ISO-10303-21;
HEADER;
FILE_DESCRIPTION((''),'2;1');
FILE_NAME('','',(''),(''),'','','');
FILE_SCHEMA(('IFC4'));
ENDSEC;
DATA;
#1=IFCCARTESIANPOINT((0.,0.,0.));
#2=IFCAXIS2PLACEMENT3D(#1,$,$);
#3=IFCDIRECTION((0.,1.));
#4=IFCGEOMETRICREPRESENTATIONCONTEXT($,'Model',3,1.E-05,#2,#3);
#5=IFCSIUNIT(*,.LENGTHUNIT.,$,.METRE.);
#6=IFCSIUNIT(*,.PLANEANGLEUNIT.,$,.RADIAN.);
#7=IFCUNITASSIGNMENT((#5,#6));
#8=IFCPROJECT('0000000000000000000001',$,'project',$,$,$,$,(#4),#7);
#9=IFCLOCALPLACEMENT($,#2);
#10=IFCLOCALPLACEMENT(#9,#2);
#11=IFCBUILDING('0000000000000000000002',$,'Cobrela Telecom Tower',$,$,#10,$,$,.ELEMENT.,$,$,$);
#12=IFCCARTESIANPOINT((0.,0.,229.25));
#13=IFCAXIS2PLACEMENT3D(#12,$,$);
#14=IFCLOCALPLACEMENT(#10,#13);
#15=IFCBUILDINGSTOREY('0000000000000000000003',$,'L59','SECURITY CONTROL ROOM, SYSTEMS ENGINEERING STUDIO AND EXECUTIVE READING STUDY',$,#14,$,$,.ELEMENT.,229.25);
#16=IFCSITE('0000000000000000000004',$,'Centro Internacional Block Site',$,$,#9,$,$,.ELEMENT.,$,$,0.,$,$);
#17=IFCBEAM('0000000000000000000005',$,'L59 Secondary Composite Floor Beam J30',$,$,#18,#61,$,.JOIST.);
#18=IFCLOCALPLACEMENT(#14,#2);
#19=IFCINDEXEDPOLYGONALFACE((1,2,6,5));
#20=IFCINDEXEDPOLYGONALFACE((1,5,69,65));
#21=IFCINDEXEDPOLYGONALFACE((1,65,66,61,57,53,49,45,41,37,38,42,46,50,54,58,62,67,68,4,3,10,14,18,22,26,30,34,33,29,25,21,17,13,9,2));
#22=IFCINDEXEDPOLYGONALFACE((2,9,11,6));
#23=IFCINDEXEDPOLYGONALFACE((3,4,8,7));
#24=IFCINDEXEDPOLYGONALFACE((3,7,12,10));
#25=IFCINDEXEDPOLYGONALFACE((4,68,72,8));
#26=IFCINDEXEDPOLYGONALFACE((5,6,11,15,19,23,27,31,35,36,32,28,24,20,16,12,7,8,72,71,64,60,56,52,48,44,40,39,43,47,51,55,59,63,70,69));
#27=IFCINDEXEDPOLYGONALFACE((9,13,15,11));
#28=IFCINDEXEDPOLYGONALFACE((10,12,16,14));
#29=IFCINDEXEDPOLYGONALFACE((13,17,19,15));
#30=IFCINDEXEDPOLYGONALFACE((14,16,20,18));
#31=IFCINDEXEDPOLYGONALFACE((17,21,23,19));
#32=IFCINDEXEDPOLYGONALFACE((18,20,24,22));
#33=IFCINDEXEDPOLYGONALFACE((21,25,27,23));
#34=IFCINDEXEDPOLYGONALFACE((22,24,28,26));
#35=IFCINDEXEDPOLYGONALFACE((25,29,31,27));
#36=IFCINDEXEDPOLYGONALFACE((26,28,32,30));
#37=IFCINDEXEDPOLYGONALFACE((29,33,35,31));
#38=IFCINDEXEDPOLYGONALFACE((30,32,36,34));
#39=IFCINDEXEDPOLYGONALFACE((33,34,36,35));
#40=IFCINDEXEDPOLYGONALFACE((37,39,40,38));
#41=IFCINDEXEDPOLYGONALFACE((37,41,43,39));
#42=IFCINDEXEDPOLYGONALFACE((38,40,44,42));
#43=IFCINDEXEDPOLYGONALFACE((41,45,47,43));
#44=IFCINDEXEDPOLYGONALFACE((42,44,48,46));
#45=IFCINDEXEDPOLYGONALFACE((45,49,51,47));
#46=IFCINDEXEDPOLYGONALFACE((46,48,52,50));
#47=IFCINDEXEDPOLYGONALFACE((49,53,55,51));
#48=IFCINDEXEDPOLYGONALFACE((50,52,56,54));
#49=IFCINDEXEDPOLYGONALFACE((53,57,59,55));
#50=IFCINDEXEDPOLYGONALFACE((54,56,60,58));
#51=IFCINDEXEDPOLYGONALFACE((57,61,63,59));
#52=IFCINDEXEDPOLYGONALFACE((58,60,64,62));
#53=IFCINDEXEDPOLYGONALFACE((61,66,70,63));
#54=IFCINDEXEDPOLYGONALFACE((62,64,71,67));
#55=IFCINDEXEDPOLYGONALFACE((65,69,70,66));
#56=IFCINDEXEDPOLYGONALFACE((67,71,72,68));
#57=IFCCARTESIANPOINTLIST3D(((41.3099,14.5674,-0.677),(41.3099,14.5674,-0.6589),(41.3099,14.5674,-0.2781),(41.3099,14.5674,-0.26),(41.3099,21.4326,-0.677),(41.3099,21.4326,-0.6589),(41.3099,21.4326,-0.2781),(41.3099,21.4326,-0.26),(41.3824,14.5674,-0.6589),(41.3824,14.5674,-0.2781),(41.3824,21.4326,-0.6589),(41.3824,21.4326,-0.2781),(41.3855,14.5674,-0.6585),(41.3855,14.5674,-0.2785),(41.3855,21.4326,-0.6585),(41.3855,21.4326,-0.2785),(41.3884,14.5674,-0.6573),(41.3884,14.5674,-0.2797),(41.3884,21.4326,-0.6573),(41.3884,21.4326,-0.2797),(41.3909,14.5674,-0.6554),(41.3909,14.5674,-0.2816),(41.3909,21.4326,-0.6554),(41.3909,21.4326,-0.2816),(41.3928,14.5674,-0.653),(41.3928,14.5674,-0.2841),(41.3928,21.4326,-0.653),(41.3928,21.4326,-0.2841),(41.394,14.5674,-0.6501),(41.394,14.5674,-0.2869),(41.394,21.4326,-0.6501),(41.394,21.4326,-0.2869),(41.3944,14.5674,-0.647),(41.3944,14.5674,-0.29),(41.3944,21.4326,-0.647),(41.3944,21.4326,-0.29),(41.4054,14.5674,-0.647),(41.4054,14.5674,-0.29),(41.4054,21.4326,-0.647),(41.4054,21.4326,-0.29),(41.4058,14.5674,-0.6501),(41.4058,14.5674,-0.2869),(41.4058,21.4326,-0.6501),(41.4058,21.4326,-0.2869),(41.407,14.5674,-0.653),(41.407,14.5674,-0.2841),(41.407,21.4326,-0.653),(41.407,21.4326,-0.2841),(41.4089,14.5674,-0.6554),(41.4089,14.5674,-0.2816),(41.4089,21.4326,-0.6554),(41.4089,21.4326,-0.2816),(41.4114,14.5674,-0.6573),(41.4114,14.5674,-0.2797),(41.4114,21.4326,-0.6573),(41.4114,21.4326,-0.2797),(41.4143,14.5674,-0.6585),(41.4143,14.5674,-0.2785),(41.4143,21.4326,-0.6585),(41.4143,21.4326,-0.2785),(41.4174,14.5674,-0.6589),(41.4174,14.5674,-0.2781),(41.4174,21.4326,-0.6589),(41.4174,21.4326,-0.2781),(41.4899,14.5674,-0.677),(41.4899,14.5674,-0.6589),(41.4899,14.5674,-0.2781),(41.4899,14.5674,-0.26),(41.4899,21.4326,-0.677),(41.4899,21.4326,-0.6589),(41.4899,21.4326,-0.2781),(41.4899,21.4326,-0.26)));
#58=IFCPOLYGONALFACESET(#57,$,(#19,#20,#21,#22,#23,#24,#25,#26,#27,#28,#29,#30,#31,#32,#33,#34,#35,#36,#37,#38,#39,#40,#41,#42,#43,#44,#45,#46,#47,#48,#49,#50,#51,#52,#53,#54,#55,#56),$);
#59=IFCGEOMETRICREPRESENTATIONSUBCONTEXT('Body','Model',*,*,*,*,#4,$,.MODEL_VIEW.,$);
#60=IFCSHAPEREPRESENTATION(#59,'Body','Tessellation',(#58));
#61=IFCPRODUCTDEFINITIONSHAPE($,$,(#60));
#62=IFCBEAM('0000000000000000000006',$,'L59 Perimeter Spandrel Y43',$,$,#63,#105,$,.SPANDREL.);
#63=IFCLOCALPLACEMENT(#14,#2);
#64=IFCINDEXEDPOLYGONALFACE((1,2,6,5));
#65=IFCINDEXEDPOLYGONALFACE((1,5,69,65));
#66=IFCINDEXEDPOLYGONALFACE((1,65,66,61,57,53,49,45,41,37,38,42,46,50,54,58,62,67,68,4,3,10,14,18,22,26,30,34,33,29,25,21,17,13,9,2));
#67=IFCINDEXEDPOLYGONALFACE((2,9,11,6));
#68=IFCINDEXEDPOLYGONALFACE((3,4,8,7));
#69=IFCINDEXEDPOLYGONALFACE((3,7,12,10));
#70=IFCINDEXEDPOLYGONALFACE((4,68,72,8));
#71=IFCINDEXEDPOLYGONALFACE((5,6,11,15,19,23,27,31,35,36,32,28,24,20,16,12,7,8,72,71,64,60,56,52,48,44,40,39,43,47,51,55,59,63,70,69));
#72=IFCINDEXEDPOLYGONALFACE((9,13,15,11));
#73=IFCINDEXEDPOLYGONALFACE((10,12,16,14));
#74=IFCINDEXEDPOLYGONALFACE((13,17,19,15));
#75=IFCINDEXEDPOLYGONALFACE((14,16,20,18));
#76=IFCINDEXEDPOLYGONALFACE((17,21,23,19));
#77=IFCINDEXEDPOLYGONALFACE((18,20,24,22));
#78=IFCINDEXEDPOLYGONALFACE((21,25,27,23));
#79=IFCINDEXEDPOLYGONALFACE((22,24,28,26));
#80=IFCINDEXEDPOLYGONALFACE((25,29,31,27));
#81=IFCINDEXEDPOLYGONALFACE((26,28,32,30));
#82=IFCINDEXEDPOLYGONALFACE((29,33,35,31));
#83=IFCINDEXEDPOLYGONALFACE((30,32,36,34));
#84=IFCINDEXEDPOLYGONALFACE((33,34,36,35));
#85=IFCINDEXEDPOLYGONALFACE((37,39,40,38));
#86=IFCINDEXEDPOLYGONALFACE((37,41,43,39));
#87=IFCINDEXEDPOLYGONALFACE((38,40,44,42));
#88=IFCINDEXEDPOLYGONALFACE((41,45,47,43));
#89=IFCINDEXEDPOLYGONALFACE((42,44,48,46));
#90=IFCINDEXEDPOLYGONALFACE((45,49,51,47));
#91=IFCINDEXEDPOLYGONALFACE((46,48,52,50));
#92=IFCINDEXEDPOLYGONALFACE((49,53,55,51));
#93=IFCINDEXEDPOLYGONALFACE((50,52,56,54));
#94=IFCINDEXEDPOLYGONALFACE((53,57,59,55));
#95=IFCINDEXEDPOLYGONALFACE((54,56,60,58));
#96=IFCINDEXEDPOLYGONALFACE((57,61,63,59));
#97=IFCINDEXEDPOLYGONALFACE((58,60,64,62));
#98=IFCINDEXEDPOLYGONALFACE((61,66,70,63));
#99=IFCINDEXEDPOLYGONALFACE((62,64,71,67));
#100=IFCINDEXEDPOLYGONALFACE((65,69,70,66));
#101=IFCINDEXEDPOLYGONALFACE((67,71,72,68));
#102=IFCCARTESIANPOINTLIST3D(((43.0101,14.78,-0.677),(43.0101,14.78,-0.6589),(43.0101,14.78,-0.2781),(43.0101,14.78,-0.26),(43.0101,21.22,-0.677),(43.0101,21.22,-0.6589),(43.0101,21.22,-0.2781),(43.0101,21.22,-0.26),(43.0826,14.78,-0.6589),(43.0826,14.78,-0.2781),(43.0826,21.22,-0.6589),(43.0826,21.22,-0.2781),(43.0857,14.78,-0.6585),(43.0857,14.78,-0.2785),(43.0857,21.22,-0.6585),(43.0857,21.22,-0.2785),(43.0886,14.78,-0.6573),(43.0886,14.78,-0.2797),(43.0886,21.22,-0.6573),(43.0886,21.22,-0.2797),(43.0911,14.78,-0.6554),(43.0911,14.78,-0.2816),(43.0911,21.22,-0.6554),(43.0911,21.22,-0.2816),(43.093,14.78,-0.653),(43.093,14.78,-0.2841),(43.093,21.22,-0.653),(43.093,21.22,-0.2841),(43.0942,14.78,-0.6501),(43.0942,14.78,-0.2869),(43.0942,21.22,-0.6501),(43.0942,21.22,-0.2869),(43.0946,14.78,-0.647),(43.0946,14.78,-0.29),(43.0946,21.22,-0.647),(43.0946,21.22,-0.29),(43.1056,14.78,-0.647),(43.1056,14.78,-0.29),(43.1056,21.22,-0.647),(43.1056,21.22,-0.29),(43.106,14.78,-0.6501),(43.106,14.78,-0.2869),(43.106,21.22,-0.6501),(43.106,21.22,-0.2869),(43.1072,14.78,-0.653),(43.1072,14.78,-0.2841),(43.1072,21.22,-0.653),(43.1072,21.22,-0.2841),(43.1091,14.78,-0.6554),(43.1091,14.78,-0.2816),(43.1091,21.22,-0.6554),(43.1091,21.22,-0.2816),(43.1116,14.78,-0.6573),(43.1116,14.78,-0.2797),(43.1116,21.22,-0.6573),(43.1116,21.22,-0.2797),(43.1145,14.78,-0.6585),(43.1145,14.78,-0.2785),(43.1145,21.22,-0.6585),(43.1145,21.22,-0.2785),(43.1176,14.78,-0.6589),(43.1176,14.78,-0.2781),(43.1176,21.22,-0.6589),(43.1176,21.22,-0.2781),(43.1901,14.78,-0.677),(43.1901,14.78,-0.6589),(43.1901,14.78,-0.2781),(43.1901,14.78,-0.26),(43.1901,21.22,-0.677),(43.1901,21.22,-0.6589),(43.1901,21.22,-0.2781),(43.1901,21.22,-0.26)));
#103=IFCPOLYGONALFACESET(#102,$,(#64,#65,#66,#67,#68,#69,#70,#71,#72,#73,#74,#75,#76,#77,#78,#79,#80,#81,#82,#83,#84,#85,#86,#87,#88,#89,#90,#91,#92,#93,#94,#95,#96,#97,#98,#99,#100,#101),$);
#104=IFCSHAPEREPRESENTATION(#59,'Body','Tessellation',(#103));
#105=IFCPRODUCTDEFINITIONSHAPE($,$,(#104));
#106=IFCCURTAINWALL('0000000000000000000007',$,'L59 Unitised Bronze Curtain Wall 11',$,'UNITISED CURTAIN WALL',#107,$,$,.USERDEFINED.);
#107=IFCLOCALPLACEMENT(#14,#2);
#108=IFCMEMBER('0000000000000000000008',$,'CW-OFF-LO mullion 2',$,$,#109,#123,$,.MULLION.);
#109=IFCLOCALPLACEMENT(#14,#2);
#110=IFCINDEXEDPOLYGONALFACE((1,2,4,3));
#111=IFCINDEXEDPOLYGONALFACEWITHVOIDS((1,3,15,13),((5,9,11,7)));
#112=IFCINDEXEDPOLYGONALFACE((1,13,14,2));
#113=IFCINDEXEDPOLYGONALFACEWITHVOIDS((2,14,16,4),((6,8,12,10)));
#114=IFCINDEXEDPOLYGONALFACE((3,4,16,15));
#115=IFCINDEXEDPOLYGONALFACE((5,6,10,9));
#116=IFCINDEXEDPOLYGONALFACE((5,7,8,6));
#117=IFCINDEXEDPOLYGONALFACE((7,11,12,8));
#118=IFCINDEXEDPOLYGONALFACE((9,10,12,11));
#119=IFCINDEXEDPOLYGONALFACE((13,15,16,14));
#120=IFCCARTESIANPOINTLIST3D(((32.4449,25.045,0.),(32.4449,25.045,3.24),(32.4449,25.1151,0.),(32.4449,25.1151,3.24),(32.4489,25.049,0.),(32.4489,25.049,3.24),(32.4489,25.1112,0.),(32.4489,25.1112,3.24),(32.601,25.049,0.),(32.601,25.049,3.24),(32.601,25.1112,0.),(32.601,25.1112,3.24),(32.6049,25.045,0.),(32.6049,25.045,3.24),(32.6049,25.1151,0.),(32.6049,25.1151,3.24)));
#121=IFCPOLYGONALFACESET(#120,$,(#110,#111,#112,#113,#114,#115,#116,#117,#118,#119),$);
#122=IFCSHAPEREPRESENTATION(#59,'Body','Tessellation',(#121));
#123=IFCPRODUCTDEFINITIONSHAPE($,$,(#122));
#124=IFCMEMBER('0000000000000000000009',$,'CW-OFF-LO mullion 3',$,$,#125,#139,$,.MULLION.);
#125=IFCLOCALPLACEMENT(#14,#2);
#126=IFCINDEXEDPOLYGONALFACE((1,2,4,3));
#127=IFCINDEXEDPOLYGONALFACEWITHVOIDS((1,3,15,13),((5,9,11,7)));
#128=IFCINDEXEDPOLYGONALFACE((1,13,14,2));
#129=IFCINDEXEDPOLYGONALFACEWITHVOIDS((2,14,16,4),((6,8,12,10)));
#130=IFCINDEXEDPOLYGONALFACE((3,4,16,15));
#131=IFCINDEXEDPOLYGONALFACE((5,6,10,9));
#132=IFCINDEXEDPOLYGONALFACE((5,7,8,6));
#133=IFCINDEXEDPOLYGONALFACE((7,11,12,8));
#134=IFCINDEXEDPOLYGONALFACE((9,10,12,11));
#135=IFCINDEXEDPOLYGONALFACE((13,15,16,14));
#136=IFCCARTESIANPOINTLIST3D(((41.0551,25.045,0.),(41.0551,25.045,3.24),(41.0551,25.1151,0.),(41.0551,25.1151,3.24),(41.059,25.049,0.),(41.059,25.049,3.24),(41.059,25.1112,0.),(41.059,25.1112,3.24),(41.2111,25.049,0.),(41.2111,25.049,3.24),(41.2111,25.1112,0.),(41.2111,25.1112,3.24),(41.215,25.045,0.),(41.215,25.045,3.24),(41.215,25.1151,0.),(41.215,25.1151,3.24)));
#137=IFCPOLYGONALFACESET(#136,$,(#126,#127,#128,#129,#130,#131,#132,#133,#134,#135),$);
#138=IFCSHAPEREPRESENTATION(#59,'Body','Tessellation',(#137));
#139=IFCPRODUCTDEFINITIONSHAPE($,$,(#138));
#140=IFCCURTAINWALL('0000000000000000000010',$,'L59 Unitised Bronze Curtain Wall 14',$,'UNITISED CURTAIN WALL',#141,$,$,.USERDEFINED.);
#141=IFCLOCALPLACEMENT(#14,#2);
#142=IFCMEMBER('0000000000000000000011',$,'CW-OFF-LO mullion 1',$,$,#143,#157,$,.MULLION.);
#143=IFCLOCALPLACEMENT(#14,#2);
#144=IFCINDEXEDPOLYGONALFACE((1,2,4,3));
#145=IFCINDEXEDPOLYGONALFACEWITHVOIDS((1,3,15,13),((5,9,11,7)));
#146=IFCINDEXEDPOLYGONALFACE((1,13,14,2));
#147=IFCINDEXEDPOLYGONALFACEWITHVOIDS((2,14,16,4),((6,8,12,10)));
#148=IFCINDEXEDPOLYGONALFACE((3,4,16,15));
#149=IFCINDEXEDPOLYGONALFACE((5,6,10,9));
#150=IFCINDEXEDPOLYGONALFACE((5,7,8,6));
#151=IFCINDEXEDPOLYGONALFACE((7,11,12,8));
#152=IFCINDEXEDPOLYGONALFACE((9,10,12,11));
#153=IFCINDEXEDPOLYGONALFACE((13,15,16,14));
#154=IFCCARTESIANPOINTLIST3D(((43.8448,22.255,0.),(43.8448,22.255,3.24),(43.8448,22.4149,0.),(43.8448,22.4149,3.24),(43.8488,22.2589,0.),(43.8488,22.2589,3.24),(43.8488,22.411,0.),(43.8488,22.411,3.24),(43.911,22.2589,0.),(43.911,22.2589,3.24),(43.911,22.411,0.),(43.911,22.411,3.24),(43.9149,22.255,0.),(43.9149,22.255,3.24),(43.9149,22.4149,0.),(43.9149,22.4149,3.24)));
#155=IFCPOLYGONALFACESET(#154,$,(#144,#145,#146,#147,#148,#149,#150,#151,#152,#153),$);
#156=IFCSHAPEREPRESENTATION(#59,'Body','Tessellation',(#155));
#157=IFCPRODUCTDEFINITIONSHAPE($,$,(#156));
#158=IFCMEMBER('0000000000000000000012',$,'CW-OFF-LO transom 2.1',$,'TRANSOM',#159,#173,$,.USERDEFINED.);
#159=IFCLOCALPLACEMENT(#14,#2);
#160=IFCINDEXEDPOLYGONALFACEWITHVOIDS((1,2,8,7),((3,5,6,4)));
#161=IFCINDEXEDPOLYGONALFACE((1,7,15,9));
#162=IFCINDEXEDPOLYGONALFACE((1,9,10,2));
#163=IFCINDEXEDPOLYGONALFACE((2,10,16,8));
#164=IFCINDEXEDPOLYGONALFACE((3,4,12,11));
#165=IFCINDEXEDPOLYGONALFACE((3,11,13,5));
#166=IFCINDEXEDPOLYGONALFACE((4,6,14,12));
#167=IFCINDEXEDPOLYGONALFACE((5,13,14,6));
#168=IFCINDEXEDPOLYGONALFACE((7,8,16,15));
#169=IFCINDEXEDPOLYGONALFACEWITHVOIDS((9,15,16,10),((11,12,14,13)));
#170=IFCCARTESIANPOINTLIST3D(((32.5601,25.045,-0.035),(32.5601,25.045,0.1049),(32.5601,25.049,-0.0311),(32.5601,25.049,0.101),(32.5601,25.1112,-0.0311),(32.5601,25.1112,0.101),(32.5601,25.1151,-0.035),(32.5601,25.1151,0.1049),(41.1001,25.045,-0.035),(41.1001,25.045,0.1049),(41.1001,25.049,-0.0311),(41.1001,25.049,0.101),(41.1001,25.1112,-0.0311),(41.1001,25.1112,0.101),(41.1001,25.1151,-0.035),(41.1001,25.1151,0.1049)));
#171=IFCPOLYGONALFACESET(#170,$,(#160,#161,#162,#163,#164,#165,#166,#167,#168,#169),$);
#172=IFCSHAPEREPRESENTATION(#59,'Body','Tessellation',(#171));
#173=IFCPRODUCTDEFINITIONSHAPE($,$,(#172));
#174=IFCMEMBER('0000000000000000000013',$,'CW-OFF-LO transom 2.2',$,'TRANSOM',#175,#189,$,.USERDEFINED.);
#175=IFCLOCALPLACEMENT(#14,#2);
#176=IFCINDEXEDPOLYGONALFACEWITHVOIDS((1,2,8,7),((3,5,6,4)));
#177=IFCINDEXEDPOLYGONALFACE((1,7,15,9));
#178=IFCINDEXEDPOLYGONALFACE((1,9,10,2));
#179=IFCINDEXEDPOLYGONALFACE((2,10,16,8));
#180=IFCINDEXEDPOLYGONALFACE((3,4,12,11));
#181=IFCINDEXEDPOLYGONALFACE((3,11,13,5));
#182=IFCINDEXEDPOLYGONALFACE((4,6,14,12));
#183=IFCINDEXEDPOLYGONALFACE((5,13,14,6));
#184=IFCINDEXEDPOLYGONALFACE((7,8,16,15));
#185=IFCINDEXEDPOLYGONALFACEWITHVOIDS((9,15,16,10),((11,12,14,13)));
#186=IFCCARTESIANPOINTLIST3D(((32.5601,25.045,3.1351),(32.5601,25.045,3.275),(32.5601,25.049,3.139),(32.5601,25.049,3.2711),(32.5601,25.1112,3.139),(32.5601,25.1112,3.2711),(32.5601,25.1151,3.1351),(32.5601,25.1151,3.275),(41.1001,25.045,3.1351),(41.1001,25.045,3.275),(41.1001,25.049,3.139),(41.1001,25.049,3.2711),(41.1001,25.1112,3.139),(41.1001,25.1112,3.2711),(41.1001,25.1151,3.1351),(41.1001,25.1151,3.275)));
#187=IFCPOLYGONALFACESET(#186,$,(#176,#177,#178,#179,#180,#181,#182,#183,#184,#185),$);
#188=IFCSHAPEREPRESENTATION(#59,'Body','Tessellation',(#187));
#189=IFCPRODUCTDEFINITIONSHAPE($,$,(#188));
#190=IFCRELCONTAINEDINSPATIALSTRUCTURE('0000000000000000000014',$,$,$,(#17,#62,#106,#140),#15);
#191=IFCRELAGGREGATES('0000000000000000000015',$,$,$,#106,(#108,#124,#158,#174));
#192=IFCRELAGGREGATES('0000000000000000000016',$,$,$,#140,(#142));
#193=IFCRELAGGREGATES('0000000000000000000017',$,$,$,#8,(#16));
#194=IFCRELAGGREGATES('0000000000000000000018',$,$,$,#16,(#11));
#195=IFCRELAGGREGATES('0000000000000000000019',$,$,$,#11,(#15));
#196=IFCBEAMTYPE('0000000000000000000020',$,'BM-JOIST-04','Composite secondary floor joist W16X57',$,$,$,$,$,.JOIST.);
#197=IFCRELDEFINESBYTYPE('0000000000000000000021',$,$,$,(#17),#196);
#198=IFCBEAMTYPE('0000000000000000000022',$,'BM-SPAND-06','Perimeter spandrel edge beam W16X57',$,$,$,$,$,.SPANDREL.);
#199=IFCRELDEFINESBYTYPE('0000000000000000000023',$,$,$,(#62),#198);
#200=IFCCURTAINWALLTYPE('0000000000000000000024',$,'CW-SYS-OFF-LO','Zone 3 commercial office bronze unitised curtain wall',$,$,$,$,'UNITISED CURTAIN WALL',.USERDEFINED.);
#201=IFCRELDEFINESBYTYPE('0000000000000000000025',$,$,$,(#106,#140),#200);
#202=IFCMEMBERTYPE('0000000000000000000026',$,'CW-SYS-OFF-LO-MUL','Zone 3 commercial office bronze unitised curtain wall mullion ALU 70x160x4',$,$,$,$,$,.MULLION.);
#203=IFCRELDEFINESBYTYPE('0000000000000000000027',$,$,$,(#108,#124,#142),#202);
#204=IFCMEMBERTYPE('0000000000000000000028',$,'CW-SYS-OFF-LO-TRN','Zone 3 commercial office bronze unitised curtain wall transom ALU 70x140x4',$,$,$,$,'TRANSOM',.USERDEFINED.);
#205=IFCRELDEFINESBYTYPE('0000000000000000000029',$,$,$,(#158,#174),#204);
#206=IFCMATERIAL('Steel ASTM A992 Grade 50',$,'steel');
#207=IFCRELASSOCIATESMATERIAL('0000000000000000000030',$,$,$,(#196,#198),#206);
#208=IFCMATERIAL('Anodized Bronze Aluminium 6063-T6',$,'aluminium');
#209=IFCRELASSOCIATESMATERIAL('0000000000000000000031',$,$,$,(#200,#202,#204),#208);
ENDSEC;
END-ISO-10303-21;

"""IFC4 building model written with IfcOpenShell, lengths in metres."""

from ifc_helpers import new_model, si_unit, direction, frame, origin, origin_2d, place, context, subcontext, project, spatial, hollow_rectangle, i_section, extrude, material, material_profile, profile_set, type_object, element, aggregate, save


model = new_model("IFC4")

# Units and contexts
model_context = context("Model", 3, precision=1e-05, world=origin(), true_north=direction((0.0, 1.0)))
body_context = subcontext(model_context, "Body", "Model", "MODEL_VIEW")
ifc_project = project(units=[si_unit("LENGTHUNIT", "METRE"), si_unit("PLANEANGLEUNIT", "RADIAN")], contexts=[model_context])

# Site, building, storey
site_placement = place(None, origin())
site = spatial("IfcSite", under=ifc_project, at=site_placement, Name="Centro Internacional Block Site", CompositionType="ELEMENT", RefElevation=0.0)
building_placement = place(site_placement, origin())
building = spatial("IfcBuilding", under=site, at=building_placement, Name="Cobrela Telecom Tower", CompositionType="ELEMENT")
storey_placement = place(building_placement, frame((0.0, 0.0, 229.25)))
storey = spatial("IfcBuildingStorey", under=building, at=storey_placement, Name="L59", Description="SECURITY CONTROL ROOM, SYSTEMS ENGINEERING STUDIO AND EXECUTIVE READING STUDY", CompositionType="ELEMENT", Elevation=229.25)

# Shared definitions
ifc_material_1 = material(Name="Steel ASTM A992 Grade 50", Category="steel")

# Beams
ifc_material_profile_1 = material_profile(ifc_material_1, i_section(OverallWidth=0.1799, OverallDepth=0.417, WebThickness=0.011, FlangeThickness=0.0181, FilletRadius=0.012, at=origin_2d()), Name="W16X57")
ifc_profile_set_1 = profile_set([ifc_material_profile_1], Name="Steel ASTM A992 Grade 50")
beam_type_1 = type_object("IfcBeamType", Name="BM-JOIST-04", Description="Composite secondary floor joist W16X57", PredefinedType="JOIST", material=ifc_profile_set_1)
for number, where, z_axis, x_axis, name in (
    (1, (41.3999, 14.5674, -0.4685), (0.0, 1.0, 0.0), (-1.0, 0.0, 0.0), "L59 Secondary Composite Floor Beam J30"),
):
    element("IfcBeam", number, at=place(storey_placement, frame(where, z_axis=z_axis, x_axis=x_axis)), inside=storey, type_object=beam_type_1, Name=name, PredefinedType="JOIST", context=body_context, shape_type="SweptSolid", body=[
        extrude(i_section(OverallWidth=0.1799, OverallDepth=0.417, WebThickness=0.011, FlangeThickness=0.0181, FilletRadius=0.012, at=origin_2d()), origin(), (0.0, 0.0, 1.0), 6.8652),
    ])
ifc_material_profile_2 = material_profile(ifc_material_1, i_section(OverallWidth=0.1799, OverallDepth=0.417, WebThickness=0.011, FlangeThickness=0.0181, FilletRadius=0.012, at=origin_2d()), Name="W16X57")
ifc_profile_set_2 = profile_set([ifc_material_profile_2], Name="Steel ASTM A992 Grade 50")
beam_type_2 = type_object("IfcBeamType", Name="BM-SPAND-06", Description="Perimeter spandrel edge beam W16X57", PredefinedType="SPANDREL", material=ifc_profile_set_2)
beam_1_placement = place(storey_placement, frame((43.1001, 14.78, -0.4685), z_axis=(0.0, 1.0, 0.0), x_axis=(-1.0, 0.0, 0.0)))
element("IfcBeam", 2, at=beam_1_placement, inside=storey, type_object=beam_type_2, Name="L59 Perimeter Spandrel Y43", PredefinedType="SPANDREL", context=body_context, shape_type="SweptSolid", body=[
    extrude(i_section(OverallWidth=0.1799, OverallDepth=0.417, WebThickness=0.011, FlangeThickness=0.0181, FilletRadius=0.012, at=origin_2d()), origin(), (0.0, 0.0, 1.0), 6.4399),
])

# Curtain wall, members
ifc_material_2 = material(Name="Anodized Bronze Aluminium 6063-T6", Category="aluminium")
curtain_wall_type = type_object("IfcCurtainWallType", Name="CW-SYS-OFF-LO", Description="Zone 3 commercial office bronze unitised curtain wall", ElementType="UNITISED CURTAIN WALL", PredefinedType="USERDEFINED", material=ifc_material_2)
curtain_wall_1_placement = place(storey_placement, origin())
curtain_wall_1 = element("IfcCurtainWall", 3, at=curtain_wall_1_placement, inside=storey, type_object=curtain_wall_type, Name="L59 Unitised Bronze Curtain Wall 11", ObjectType="UNITISED CURTAIN WALL", PredefinedType="USERDEFINED")
ifc_material_profile_3 = material_profile(ifc_material_2, hollow_rectangle(XDim=0.0701, YDim=0.1599, WallThickness=0.0039, at=origin_2d()), Name="ALU 70x160x4")
ifc_profile_set_3 = profile_set([ifc_material_profile_3], Name="Anodized Bronze Aluminium 6063-T6")
member_type_1 = type_object("IfcMemberType", Name="CW-SYS-OFF-LO-MUL", Description="Zone 3 commercial office bronze unitised curtain wall mullion ALU 70x160x4", PredefinedType="MULLION", material=ifc_profile_set_3)
member_1_placement = place(storey_placement, frame((32.5249, 25.0801, 0.0), z_axis=(0.0, 0.0, 1.0), x_axis=(0.0, 1.0, 0.0)))
member_1 = element("IfcMember", 4, at=member_1_placement, type_object=member_type_1, Name="CW-OFF-LO mullion 2", PredefinedType="MULLION", context=body_context, shape_type="SweptSolid", body=[
    extrude(hollow_rectangle(XDim=0.0701, YDim=0.1599, WallThickness=0.0039, at=origin_2d()), origin(), (0.0, 0.0, 1.0), 3.24),
])
member_2_placement = place(storey_placement, frame((41.135, 25.0801, 0.0), z_axis=(0.0, 0.0, 1.0), x_axis=(0.0, 1.0, 0.0)))
member_2 = element("IfcMember", 5, at=member_2_placement, type_object=member_type_1, Name="CW-OFF-LO mullion 3", PredefinedType="MULLION", context=body_context, shape_type="SweptSolid", body=[
    extrude(hollow_rectangle(XDim=0.0701, YDim=0.1599, WallThickness=0.0039, at=origin_2d()), origin(), (0.0, 0.0, 1.0), 3.24),
])

# Curtain wall, member
curtain_wall_2_placement = place(storey_placement, origin())
curtain_wall_2 = element("IfcCurtainWall", 6, at=curtain_wall_2_placement, inside=storey, type_object=curtain_wall_type, Name="L59 Unitised Bronze Curtain Wall 14", ObjectType="UNITISED CURTAIN WALL", PredefinedType="USERDEFINED")
member_3_placement = place(storey_placement, frame((43.8799, 22.335, 0.0), z_axis=(0.0, 0.0, 1.0), x_axis=(1.0, 0.0, 0.0)))
member_3 = element("IfcMember", 7, at=member_3_placement, type_object=member_type_1, Name="CW-OFF-LO mullion 1", PredefinedType="MULLION", context=body_context, shape_type="SweptSolid", body=[
    extrude(hollow_rectangle(XDim=0.0701, YDim=0.1599, WallThickness=0.0039, at=origin_2d()), origin(), (0.0, 0.0, 1.0), 3.24),
])

# Members
ifc_material_profile_4 = material_profile(ifc_material_2, hollow_rectangle(XDim=0.0701, YDim=0.1399, WallThickness=0.0039, at=origin_2d()), Name="ALU 70x140x4")
ifc_profile_set_4 = profile_set([ifc_material_profile_4], Name="Anodized Bronze Aluminium 6063-T6")
member_type_2 = type_object("IfcMemberType", Name="CW-SYS-OFF-LO-TRN", Description="Zone 3 commercial office bronze unitised curtain wall transom ALU 70x140x4", ElementType="TRANSOM", PredefinedType="USERDEFINED", material=ifc_profile_set_4)
member_4_placement = place(storey_placement, frame((32.5601, 25.0801, 0.0349), z_axis=(1.0, 0.0, 0.0), x_axis=(0.0, 1.0, 0.0)))
member_4 = element("IfcMember", 8, at=member_4_placement, type_object=member_type_2, Name="CW-OFF-LO transom 2.1", ObjectType="TRANSOM", PredefinedType="USERDEFINED", context=body_context, shape_type="SweptSolid", body=[
    extrude(hollow_rectangle(XDim=0.0701, YDim=0.1399, WallThickness=0.0039, at=origin_2d()), origin(), (0.0, 0.0, 1.0), 8.54),
])
member_5_placement = place(storey_placement, frame((32.5601, 25.0801, 3.2051), z_axis=(1.0, 0.0, 0.0), x_axis=(0.0, 1.0, 0.0)))
member_5 = element("IfcMember", 9, at=member_5_placement, type_object=member_type_2, Name="CW-OFF-LO transom 2.2", ObjectType="TRANSOM", PredefinedType="USERDEFINED", context=body_context, shape_type="SweptSolid", body=[
    extrude(hollow_rectangle(XDim=0.0701, YDim=0.1399, WallThickness=0.0039, at=origin_2d()), origin(), (0.0, 0.0, 1.0), 8.54),
])

aggregate(curtain_wall_1, [member_1, member_2, member_4, member_5])
aggregate(curtain_wall_2, [member_3])

save(model, "model.ifc")
